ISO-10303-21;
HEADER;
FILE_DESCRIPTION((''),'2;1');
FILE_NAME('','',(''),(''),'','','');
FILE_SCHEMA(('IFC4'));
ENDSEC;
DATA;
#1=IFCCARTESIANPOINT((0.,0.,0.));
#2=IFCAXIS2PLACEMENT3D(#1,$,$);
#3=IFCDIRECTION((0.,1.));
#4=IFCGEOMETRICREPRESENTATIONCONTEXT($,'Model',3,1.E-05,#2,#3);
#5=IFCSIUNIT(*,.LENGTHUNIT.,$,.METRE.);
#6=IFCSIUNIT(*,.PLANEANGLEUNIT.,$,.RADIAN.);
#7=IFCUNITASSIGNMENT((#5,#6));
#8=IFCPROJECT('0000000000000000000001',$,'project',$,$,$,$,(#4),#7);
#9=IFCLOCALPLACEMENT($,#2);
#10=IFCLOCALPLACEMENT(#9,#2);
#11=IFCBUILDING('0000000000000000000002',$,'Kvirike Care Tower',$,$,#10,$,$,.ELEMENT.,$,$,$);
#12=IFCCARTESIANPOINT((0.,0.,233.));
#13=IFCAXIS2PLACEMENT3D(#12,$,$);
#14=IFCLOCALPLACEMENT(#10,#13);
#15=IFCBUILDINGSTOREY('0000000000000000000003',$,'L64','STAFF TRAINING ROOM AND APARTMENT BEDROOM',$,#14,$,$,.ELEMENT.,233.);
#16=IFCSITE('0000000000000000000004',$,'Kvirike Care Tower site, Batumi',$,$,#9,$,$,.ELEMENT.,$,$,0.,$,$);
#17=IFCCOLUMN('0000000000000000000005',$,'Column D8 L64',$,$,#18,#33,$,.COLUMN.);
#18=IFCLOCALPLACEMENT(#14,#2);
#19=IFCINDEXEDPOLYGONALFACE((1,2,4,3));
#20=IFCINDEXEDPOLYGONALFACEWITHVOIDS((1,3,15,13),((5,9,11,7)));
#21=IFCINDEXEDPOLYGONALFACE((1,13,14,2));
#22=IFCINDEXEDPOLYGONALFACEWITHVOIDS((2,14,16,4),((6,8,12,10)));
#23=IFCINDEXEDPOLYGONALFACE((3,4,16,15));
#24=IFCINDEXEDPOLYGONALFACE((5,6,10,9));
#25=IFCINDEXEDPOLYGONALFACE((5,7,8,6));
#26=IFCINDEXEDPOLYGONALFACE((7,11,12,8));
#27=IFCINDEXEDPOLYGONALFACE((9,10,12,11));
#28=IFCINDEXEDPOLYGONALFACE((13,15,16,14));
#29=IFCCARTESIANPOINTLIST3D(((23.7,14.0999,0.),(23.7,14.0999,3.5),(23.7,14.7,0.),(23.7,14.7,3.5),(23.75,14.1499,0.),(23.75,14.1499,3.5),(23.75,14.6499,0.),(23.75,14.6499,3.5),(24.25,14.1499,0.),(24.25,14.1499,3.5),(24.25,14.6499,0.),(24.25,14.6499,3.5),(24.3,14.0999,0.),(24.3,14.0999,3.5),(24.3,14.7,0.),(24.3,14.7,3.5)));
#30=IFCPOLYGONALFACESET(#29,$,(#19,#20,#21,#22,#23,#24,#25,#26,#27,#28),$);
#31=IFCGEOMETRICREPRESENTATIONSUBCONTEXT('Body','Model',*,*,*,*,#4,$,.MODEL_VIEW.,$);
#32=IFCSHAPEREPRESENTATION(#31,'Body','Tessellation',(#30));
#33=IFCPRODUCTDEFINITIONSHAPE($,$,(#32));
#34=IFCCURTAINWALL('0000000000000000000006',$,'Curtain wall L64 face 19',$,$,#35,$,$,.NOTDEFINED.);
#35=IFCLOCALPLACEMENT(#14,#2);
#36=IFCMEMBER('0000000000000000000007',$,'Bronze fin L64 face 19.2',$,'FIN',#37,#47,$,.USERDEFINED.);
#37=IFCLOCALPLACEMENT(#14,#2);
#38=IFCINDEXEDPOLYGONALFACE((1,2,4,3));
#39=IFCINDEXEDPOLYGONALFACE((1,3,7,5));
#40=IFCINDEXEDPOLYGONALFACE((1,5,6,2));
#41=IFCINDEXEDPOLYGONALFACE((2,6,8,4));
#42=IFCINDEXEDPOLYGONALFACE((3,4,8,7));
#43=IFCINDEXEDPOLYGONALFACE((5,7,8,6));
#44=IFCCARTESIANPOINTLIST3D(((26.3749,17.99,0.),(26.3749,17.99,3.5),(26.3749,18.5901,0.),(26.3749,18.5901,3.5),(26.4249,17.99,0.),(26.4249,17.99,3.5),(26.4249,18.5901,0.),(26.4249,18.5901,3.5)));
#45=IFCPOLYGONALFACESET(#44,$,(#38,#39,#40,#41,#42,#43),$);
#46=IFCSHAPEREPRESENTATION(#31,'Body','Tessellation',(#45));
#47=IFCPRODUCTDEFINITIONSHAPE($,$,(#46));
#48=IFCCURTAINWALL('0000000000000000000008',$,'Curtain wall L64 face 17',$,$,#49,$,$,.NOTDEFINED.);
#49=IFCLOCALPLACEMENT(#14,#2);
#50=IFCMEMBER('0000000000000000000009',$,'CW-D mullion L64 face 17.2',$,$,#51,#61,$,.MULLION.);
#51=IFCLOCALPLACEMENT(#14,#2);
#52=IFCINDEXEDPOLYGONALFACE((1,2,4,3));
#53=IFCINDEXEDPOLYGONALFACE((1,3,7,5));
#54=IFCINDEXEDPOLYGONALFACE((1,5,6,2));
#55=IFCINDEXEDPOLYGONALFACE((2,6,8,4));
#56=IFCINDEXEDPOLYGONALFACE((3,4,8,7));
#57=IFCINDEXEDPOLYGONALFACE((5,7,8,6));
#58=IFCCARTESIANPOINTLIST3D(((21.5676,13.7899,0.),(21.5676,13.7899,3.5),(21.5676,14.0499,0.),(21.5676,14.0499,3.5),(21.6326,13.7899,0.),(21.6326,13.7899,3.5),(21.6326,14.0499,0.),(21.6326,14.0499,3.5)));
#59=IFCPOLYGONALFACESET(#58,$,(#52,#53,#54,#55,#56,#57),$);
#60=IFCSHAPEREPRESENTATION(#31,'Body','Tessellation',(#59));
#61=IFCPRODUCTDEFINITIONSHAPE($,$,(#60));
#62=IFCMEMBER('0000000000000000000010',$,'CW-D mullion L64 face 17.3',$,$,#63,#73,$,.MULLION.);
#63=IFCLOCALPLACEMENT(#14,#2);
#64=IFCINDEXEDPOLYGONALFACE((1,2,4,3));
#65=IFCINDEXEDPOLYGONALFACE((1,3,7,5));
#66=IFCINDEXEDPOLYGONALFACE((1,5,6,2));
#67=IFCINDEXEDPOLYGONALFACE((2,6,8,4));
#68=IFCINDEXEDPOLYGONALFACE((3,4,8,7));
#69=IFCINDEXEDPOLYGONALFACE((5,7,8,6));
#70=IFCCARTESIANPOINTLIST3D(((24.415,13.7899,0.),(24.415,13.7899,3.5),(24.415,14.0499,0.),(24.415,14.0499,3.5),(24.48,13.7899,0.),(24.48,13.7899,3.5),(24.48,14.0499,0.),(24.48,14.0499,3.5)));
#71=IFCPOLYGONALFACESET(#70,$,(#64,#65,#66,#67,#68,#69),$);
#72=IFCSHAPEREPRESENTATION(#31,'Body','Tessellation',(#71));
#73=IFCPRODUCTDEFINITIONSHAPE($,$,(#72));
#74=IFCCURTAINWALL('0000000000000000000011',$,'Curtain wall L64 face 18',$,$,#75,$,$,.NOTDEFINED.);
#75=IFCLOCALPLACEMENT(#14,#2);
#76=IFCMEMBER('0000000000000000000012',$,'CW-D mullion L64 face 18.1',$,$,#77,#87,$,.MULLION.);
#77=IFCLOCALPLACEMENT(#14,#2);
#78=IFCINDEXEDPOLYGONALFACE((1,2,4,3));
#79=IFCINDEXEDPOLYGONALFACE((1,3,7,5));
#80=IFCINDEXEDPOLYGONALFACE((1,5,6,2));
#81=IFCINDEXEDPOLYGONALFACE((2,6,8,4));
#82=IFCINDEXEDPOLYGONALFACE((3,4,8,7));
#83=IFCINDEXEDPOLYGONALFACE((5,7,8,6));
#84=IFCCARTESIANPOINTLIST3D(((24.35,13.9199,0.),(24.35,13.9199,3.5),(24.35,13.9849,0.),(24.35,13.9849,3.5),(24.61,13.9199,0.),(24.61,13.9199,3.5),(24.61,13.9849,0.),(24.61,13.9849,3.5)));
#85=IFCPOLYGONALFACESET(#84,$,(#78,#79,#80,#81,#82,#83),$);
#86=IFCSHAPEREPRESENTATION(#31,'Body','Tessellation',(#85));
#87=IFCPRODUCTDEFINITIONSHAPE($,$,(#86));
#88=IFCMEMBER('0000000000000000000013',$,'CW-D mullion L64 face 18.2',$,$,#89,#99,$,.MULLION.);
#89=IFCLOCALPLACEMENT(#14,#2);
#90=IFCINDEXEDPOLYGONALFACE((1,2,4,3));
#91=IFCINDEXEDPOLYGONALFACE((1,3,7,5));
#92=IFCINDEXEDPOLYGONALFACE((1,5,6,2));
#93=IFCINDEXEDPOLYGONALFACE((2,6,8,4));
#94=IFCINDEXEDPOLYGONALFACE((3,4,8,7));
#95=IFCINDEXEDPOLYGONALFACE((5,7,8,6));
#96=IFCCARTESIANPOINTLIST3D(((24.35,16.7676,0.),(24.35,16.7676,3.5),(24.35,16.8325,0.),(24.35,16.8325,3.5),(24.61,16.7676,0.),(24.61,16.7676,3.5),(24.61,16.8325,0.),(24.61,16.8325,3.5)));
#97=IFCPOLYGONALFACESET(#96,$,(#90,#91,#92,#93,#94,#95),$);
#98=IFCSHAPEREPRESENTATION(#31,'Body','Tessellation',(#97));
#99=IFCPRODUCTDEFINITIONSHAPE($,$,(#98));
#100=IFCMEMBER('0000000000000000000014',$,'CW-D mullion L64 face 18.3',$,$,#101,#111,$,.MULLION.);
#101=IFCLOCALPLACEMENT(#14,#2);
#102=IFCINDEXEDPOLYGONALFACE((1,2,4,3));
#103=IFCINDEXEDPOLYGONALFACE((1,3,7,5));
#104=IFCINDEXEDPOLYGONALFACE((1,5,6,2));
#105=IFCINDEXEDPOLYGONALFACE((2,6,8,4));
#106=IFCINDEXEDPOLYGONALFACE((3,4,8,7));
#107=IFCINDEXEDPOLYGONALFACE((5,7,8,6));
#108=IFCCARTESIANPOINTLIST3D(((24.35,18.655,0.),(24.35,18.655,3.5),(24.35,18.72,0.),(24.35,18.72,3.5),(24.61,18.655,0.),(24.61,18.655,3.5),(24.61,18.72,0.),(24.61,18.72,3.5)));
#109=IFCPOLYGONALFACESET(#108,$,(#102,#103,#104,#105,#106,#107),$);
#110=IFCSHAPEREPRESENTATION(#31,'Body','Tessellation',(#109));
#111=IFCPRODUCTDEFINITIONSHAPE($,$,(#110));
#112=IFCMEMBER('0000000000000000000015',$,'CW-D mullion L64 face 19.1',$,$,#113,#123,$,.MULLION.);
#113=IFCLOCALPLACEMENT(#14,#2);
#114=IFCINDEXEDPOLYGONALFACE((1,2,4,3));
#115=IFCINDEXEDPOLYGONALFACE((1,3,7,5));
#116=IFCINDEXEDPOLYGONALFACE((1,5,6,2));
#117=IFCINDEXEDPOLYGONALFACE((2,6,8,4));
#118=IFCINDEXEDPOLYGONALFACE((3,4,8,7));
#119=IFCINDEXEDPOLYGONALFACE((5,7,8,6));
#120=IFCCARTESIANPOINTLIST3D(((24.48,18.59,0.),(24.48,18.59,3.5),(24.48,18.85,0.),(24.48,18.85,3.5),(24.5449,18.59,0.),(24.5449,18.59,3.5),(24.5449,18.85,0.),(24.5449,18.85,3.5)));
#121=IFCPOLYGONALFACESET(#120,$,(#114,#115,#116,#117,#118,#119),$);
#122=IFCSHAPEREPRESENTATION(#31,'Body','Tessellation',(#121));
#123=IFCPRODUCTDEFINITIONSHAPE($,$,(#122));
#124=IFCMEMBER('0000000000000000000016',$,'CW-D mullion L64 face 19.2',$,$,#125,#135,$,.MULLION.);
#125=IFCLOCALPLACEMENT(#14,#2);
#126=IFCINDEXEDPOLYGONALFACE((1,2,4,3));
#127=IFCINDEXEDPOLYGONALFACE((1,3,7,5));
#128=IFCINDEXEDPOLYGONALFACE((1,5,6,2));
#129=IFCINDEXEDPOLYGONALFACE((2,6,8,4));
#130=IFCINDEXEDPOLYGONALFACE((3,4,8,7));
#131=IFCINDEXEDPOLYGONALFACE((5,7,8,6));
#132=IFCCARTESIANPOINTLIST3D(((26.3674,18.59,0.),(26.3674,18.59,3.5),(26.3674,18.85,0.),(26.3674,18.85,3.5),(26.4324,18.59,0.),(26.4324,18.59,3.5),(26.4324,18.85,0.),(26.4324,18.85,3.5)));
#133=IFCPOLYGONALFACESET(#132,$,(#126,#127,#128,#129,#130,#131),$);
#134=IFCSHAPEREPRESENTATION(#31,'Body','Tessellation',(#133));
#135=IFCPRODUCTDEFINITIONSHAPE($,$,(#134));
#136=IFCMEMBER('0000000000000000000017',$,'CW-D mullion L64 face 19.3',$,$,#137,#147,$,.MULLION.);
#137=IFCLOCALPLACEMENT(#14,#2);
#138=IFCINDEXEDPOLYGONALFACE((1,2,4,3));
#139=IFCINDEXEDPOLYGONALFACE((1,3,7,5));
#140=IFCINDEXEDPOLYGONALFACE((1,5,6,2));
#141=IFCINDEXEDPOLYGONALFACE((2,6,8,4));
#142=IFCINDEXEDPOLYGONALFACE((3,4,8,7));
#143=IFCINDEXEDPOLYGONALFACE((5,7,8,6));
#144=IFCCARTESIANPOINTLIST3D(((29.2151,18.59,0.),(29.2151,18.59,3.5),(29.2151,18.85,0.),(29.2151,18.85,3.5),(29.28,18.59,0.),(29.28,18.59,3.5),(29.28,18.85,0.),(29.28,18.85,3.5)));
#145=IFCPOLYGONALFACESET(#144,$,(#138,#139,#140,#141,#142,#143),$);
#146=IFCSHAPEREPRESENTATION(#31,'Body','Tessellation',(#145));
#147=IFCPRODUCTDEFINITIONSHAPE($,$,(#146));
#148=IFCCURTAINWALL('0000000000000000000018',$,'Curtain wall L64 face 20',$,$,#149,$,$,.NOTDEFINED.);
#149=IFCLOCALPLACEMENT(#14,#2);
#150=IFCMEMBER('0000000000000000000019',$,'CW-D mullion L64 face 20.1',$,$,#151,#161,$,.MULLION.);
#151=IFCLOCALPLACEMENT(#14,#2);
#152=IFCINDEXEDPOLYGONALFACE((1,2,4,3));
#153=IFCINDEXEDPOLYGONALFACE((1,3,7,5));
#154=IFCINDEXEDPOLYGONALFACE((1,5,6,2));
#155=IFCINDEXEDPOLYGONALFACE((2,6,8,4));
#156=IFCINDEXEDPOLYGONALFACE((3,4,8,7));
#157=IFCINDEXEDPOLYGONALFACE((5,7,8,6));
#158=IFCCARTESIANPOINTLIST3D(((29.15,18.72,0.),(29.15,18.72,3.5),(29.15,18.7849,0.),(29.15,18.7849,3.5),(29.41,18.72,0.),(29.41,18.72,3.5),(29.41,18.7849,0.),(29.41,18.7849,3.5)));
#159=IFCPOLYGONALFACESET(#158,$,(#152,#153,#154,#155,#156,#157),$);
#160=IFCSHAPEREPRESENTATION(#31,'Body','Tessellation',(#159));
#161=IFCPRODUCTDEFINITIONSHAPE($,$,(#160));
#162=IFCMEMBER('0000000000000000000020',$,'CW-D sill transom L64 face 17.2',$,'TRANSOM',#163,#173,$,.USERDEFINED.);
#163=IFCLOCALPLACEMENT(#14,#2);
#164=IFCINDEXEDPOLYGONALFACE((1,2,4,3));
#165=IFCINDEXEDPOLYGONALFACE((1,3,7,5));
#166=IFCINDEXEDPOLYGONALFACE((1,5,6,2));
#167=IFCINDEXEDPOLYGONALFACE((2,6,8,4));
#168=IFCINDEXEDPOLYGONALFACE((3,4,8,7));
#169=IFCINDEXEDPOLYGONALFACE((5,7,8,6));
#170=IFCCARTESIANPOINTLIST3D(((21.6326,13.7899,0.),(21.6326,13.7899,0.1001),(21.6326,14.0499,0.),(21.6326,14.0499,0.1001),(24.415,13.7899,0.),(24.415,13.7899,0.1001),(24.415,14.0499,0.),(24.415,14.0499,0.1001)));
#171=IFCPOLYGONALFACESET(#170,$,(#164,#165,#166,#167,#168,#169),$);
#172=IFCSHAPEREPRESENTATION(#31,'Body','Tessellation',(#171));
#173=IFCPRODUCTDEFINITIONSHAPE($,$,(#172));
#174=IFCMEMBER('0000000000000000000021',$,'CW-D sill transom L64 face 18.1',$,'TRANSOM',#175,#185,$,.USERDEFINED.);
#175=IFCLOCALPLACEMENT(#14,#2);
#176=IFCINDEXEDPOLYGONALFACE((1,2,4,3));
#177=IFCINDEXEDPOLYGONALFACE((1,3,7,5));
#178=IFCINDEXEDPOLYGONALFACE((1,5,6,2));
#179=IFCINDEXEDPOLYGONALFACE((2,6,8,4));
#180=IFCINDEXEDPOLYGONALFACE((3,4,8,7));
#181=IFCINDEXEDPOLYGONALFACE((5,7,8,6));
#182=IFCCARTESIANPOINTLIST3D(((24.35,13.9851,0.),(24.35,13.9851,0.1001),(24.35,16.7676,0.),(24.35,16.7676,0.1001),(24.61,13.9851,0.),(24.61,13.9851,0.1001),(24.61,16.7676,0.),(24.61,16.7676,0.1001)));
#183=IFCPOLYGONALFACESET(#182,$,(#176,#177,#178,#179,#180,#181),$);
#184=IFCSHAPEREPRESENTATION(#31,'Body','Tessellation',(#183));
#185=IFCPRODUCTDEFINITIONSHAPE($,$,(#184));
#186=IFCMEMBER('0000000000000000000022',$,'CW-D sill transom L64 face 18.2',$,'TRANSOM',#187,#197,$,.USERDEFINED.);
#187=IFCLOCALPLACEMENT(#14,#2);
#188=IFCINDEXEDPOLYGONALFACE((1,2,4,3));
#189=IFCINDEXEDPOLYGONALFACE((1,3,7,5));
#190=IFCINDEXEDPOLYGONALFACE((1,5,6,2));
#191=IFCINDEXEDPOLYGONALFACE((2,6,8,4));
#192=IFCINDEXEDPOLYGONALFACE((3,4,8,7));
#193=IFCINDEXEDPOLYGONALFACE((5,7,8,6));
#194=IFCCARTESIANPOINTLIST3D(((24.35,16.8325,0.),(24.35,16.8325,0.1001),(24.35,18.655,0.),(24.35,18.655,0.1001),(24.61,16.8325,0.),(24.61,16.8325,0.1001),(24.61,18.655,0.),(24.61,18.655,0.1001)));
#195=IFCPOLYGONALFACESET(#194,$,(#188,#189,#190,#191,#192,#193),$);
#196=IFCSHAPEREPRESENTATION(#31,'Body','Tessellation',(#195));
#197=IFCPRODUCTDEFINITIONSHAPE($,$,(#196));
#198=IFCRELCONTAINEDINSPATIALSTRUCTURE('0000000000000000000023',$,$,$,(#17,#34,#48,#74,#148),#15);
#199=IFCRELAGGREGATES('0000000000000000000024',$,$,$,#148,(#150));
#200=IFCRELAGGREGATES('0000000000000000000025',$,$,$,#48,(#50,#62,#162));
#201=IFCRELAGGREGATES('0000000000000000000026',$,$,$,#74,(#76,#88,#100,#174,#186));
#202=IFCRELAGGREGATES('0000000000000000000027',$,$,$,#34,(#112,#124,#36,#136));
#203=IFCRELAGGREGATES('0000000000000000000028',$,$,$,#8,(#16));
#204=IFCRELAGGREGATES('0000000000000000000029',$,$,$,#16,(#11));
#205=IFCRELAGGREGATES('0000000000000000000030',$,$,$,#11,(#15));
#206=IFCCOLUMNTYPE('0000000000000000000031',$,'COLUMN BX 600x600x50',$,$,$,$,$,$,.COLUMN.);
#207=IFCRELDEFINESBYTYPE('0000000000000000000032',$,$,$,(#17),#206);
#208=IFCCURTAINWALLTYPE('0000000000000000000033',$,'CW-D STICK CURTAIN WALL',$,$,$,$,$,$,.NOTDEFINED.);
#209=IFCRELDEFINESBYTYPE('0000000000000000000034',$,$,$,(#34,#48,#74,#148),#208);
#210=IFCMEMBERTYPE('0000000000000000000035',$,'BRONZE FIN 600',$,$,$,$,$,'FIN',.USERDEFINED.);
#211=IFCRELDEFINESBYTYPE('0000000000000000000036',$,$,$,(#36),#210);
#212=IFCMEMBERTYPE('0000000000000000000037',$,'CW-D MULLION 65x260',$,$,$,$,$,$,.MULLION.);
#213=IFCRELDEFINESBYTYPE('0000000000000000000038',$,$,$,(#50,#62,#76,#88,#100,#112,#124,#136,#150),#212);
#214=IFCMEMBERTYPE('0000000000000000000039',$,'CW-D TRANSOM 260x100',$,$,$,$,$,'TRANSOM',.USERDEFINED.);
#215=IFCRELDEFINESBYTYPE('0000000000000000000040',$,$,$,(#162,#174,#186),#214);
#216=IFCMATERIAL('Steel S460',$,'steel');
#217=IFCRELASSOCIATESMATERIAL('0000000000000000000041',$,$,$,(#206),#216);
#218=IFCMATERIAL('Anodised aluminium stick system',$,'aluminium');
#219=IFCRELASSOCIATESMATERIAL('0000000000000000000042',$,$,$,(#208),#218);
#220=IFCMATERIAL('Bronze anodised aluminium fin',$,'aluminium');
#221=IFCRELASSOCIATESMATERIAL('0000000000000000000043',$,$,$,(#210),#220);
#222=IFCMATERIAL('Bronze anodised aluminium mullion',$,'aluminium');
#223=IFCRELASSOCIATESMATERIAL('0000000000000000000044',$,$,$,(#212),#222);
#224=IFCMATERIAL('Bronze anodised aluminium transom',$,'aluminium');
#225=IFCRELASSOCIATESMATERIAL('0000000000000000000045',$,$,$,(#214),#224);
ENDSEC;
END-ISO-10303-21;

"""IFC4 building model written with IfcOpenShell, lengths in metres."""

from ifc_helpers import new_model, si_unit, direction, frame, origin, origin_2d, place, context, subcontext, project, spatial, rectangle, hollow_rectangle, extrude, material, material_profile, profile_set, type_object, element, aggregate, save


model = new_model("IFC4")

# Units and contexts
model_context = context("Model", 3, precision=1e-05, world=origin(), true_north=direction((0.0, 1.0)))
body_context = subcontext(model_context, "Body", "Model", "MODEL_VIEW")
ifc_project = project(units=[si_unit("LENGTHUNIT", "METRE"), si_unit("PLANEANGLEUNIT", "RADIAN")], contexts=[model_context])

# Site, building, storey
site_placement = place(None, origin())
site = spatial("IfcSite", under=ifc_project, at=site_placement, Name="Kvirike Care Tower site, Batumi", CompositionType="ELEMENT", RefElevation=0.0)
building_placement = place(site_placement, origin())
building = spatial("IfcBuilding", under=site, at=building_placement, Name="Kvirike Care Tower", CompositionType="ELEMENT")
storey_placement = place(building_placement, frame((0.0, 0.0, 233.0)))
storey = spatial("IfcBuildingStorey", under=building, at=storey_placement, Name="L64", Description="STAFF TRAINING ROOM AND APARTMENT BEDROOM", CompositionType="ELEMENT", Elevation=233.0)

# Column
ifc_material_1 = material(Name="Steel S460", Category="steel")
ifc_material_profile_1 = material_profile(ifc_material_1, hollow_rectangle(XDim=0.6001, YDim=0.6001, WallThickness=0.05, at=origin_2d()), Name="BX 600x600x50")
ifc_profile_set_1 = profile_set([ifc_material_profile_1], Name="Steel S460")
column_type = type_object("IfcColumnType", Name="COLUMN BX 600x600x50", PredefinedType="COLUMN", material=ifc_profile_set_1)
column_placement = place(storey_placement, frame((24.0, 14.3999, 0.0), z_axis=(0.0, 0.0, 1.0), x_axis=(0.0, 1.0, 0.0)))
element("IfcColumn", 1, at=column_placement, inside=storey, type_object=column_type, Name="Column D8 L64", PredefinedType="COLUMN", context=body_context, shape_type="SweptSolid", body=[
    extrude(hollow_rectangle(XDim=0.6001, YDim=0.6001, WallThickness=0.05, at=origin_2d()), origin(), (0.0, 0.0, 1.0), 3.5),
])

# Curtain wall, member
ifc_material_2 = material(Name="Anodised aluminium stick system", Category="aluminium")
curtain_wall_type = type_object("IfcCurtainWallType", Name="CW-D STICK CURTAIN WALL", PredefinedType="NOTDEFINED", material=ifc_material_2)
curtain_wall_1_placement = place(storey_placement, origin())
curtain_wall_1 = element("IfcCurtainWall", 2, at=curtain_wall_1_placement, inside=storey, type_object=curtain_wall_type, Name="Curtain wall L64 face 19", PredefinedType="NOTDEFINED")
ifc_material_3 = material(Name="Bronze anodised aluminium fin", Category="aluminium")
ifc_material_profile_2 = material_profile(ifc_material_3, rectangle(XDim=0.05, YDim=0.6001, at=origin_2d()), Name="BRONZE FIN 600")
ifc_profile_set_2 = profile_set([ifc_material_profile_2], Name="Bronze anodised aluminium fin")
member_type_1 = type_object("IfcMemberType", Name="BRONZE FIN 600", ElementType="FIN", PredefinedType="USERDEFINED", material=ifc_profile_set_2)
member_1_placement = place(storey_placement, frame((26.3999, 18.29, 0.0), z_axis=(0.0, 0.0, 1.0), x_axis=(1.0, 0.0, 0.0)))
member_1 = element("IfcMember", 3, at=member_1_placement, type_object=member_type_1, Name="Bronze fin L64 face 19.2", ObjectType="FIN", PredefinedType="USERDEFINED", context=body_context, shape_type="SweptSolid", body=[
    extrude(rectangle(XDim=0.05, YDim=0.6001, at=origin_2d()), origin(), (0.0, 0.0, 1.0), 3.5),
])

# Curtain walls, members
curtain_wall_2_placement = place(storey_placement, origin())
curtain_wall_2 = element("IfcCurtainWall", 4, at=curtain_wall_2_placement, inside=storey, type_object=curtain_wall_type, Name="Curtain wall L64 face 17", PredefinedType="NOTDEFINED")
ifc_material_4 = material(Name="Bronze anodised aluminium mullion", Category="aluminium")
ifc_material_profile_3 = material_profile(ifc_material_4, rectangle(XDim=0.0649, YDim=0.26, at=origin_2d()), Name="CW-D MULLION 65x260")
ifc_profile_set_3 = profile_set([ifc_material_profile_3], Name="Bronze anodised aluminium mullion")
member_type_2 = type_object("IfcMemberType", Name="CW-D MULLION 65x260", PredefinedType="MULLION", material=ifc_profile_set_3)
member_2_placement = place(storey_placement, frame((21.6001, 13.9199, 0.0), z_axis=(0.0, 0.0, 1.0), x_axis=(1.0, 0.0, 0.0)))
member_2 = element("IfcMember", 5, at=member_2_placement, type_object=member_type_2, Name="CW-D mullion L64 face 17.2", PredefinedType="MULLION", context=body_context, shape_type="SweptSolid", body=[
    extrude(rectangle(XDim=0.0649, YDim=0.26, at=origin_2d()), origin(), (0.0, 0.0, 1.0), 3.5),
])
member_3_placement = place(storey_placement, frame((24.4475, 13.9199, 0.0), z_axis=(0.0, 0.0, 1.0), x_axis=(1.0, 0.0, 0.0)))
member_3 = element("IfcMember", 6, at=member_3_placement, type_object=member_type_2, Name="CW-D mullion L64 face 17.3", PredefinedType="MULLION", context=body_context, shape_type="SweptSolid", body=[
    extrude(rectangle(XDim=0.0649, YDim=0.26, at=origin_2d()), origin(), (0.0, 0.0, 1.0), 3.5),
])
curtain_wall_3_placement = place(storey_placement, origin())
curtain_wall_3 = element("IfcCurtainWall", 7, at=curtain_wall_3_placement, inside=storey, type_object=curtain_wall_type, Name="Curtain wall L64 face 18", PredefinedType="NOTDEFINED")
member_4_placement = place(storey_placement, frame((24.48, 13.9524, 0.0), z_axis=(0.0, 0.0, 1.0), x_axis=(0.0, 1.0, 0.0)))
member_4 = element("IfcMember", 8, at=member_4_placement, type_object=member_type_2, Name="CW-D mullion L64 face 18.1", PredefinedType="MULLION", context=body_context, shape_type="SweptSolid", body=[
    extrude(rectangle(XDim=0.0649, YDim=0.26, at=origin_2d()), origin(), (0.0, 0.0, 1.0), 3.5),
])
member_5_placement = place(storey_placement, frame((24.48, 16.8, 0.0), z_axis=(0.0, 0.0, 1.0), x_axis=(0.0, 1.0, 0.0)))
member_5 = element("IfcMember", 9, at=member_5_placement, type_object=member_type_2, Name="CW-D mullion L64 face 18.2", PredefinedType="MULLION", context=body_context, shape_type="SweptSolid", body=[
    extrude(rectangle(XDim=0.0649, YDim=0.26, at=origin_2d()), origin(), (0.0, 0.0, 1.0), 3.5),
])
member_6_placement = place(storey_placement, frame((24.48, 18.6875, 0.0), z_axis=(0.0, 0.0, 1.0), x_axis=(0.0, 1.0, 0.0)))
member_6 = element("IfcMember", 10, at=member_6_placement, type_object=member_type_2, Name="CW-D mullion L64 face 18.3", PredefinedType="MULLION", context=body_context, shape_type="SweptSolid", body=[
    extrude(rectangle(XDim=0.0649, YDim=0.26, at=origin_2d()), origin(), (0.0, 0.0, 1.0), 3.5),
])

# Members
member_7_placement = place(storey_placement, frame((24.5125, 18.72, 0.0), z_axis=(0.0, 0.0, 1.0), x_axis=(1.0, 0.0, 0.0)))
member_7 = element("IfcMember", 11, at=member_7_placement, type_object=member_type_2, Name="CW-D mullion L64 face 19.1", PredefinedType="MULLION", context=body_context, shape_type="SweptSolid", body=[
    extrude(rectangle(XDim=0.0649, YDim=0.26, at=origin_2d()), origin(), (0.0, 0.0, 1.0), 3.5),
])
member_8_placement = place(storey_placement, frame((26.3999, 18.72, 0.0), z_axis=(0.0, 0.0, 1.0), x_axis=(1.0, 0.0, 0.0)))
member_8 = element("IfcMember", 12, at=member_8_placement, type_object=member_type_2, Name="CW-D mullion L64 face 19.2", PredefinedType="MULLION", context=body_context, shape_type="SweptSolid", body=[
    extrude(rectangle(XDim=0.0649, YDim=0.26, at=origin_2d()), origin(), (0.0, 0.0, 1.0), 3.5),
])
member_9_placement = place(storey_placement, frame((29.2476, 18.72, 0.0), z_axis=(0.0, 0.0, 1.0), x_axis=(1.0, 0.0, 0.0)))
member_9 = element("IfcMember", 13, at=member_9_placement, type_object=member_type_2, Name="CW-D mullion L64 face 19.3", PredefinedType="MULLION", context=body_context, shape_type="SweptSolid", body=[
    extrude(rectangle(XDim=0.0649, YDim=0.26, at=origin_2d()), origin(), (0.0, 0.0, 1.0), 3.5),
])

# Curtain wall, member
curtain_wall_4_placement = place(storey_placement, origin())
curtain_wall_4 = element("IfcCurtainWall", 14, at=curtain_wall_4_placement, inside=storey, type_object=curtain_wall_type, Name="Curtain wall L64 face 20", PredefinedType="NOTDEFINED")
member_10_placement = place(storey_placement, frame((29.28, 18.7524, 0.0), z_axis=(0.0, 0.0, 1.0), x_axis=(0.0, 1.0, 0.0)))
member_10 = element("IfcMember", 15, at=member_10_placement, type_object=member_type_2, Name="CW-D mullion L64 face 20.1", PredefinedType="MULLION", context=body_context, shape_type="SweptSolid", body=[
    extrude(rectangle(XDim=0.0649, YDim=0.26, at=origin_2d()), origin(), (0.0, 0.0, 1.0), 3.5),
])
aggregate(curtain_wall_4, [member_10])

# Members
ifc_material_5 = material(Name="Bronze anodised aluminium transom", Category="aluminium")
ifc_material_profile_4 = material_profile(ifc_material_5, rectangle(XDim=0.26, YDim=0.1001, at=origin_2d()), Name="CW-D TRANSOM 260x100")
ifc_profile_set_4 = profile_set([ifc_material_profile_4], Name="Bronze anodised aluminium transom")
member_type_3 = type_object("IfcMemberType", Name="CW-D TRANSOM 260x100", ElementType="TRANSOM", PredefinedType="USERDEFINED", material=ifc_profile_set_4)
member_11_placement = place(storey_placement, frame((21.6326, 13.9199, 0.05), z_axis=(1.0, 0.0, 0.0), x_axis=(0.0, 1.0, 0.0)))
member_11 = element("IfcMember", 16, at=member_11_placement, type_object=member_type_3, Name="CW-D sill transom L64 face 17.2", ObjectType="TRANSOM", PredefinedType="USERDEFINED", context=body_context, shape_type="SweptSolid", body=[
    extrude(rectangle(XDim=0.26, YDim=0.1001, at=origin_2d()), origin(), (0.0, 0.0, 1.0), 2.7825),
])
member_12_placement = place(storey_placement, frame((24.48, 13.9851, 0.05), z_axis=(0.0, 1.0, 0.0), x_axis=(-1.0, 0.0, 0.0)))
member_12 = element("IfcMember", 17, at=member_12_placement, type_object=member_type_3, Name="CW-D sill transom L64 face 18.1", ObjectType="TRANSOM", PredefinedType="USERDEFINED", context=body_context, shape_type="SweptSolid", body=[
    extrude(rectangle(XDim=0.26, YDim=0.1001, at=origin_2d()), origin(), (0.0, 0.0, 1.0), 2.7825),
])
member_13_placement = place(storey_placement, frame((24.48, 16.8325, 0.05), z_axis=(0.0, 1.0, 0.0), x_axis=(-1.0, 0.0, 0.0)))
member_13 = element("IfcMember", 18, at=member_13_placement, type_object=member_type_3, Name="CW-D sill transom L64 face 18.2", ObjectType="TRANSOM", PredefinedType="USERDEFINED", context=body_context, shape_type="SweptSolid", body=[
    extrude(rectangle(XDim=0.26, YDim=0.1001, at=origin_2d()), origin(), (0.0, 0.0, 1.0), 1.8225),
])

aggregate(curtain_wall_2, [member_2, member_3, member_11])
aggregate(curtain_wall_3, [member_4, member_5, member_6, member_12, member_13])
aggregate(curtain_wall_1, [member_7, member_8, member_1, member_9])

save(model, "model.ifc")
